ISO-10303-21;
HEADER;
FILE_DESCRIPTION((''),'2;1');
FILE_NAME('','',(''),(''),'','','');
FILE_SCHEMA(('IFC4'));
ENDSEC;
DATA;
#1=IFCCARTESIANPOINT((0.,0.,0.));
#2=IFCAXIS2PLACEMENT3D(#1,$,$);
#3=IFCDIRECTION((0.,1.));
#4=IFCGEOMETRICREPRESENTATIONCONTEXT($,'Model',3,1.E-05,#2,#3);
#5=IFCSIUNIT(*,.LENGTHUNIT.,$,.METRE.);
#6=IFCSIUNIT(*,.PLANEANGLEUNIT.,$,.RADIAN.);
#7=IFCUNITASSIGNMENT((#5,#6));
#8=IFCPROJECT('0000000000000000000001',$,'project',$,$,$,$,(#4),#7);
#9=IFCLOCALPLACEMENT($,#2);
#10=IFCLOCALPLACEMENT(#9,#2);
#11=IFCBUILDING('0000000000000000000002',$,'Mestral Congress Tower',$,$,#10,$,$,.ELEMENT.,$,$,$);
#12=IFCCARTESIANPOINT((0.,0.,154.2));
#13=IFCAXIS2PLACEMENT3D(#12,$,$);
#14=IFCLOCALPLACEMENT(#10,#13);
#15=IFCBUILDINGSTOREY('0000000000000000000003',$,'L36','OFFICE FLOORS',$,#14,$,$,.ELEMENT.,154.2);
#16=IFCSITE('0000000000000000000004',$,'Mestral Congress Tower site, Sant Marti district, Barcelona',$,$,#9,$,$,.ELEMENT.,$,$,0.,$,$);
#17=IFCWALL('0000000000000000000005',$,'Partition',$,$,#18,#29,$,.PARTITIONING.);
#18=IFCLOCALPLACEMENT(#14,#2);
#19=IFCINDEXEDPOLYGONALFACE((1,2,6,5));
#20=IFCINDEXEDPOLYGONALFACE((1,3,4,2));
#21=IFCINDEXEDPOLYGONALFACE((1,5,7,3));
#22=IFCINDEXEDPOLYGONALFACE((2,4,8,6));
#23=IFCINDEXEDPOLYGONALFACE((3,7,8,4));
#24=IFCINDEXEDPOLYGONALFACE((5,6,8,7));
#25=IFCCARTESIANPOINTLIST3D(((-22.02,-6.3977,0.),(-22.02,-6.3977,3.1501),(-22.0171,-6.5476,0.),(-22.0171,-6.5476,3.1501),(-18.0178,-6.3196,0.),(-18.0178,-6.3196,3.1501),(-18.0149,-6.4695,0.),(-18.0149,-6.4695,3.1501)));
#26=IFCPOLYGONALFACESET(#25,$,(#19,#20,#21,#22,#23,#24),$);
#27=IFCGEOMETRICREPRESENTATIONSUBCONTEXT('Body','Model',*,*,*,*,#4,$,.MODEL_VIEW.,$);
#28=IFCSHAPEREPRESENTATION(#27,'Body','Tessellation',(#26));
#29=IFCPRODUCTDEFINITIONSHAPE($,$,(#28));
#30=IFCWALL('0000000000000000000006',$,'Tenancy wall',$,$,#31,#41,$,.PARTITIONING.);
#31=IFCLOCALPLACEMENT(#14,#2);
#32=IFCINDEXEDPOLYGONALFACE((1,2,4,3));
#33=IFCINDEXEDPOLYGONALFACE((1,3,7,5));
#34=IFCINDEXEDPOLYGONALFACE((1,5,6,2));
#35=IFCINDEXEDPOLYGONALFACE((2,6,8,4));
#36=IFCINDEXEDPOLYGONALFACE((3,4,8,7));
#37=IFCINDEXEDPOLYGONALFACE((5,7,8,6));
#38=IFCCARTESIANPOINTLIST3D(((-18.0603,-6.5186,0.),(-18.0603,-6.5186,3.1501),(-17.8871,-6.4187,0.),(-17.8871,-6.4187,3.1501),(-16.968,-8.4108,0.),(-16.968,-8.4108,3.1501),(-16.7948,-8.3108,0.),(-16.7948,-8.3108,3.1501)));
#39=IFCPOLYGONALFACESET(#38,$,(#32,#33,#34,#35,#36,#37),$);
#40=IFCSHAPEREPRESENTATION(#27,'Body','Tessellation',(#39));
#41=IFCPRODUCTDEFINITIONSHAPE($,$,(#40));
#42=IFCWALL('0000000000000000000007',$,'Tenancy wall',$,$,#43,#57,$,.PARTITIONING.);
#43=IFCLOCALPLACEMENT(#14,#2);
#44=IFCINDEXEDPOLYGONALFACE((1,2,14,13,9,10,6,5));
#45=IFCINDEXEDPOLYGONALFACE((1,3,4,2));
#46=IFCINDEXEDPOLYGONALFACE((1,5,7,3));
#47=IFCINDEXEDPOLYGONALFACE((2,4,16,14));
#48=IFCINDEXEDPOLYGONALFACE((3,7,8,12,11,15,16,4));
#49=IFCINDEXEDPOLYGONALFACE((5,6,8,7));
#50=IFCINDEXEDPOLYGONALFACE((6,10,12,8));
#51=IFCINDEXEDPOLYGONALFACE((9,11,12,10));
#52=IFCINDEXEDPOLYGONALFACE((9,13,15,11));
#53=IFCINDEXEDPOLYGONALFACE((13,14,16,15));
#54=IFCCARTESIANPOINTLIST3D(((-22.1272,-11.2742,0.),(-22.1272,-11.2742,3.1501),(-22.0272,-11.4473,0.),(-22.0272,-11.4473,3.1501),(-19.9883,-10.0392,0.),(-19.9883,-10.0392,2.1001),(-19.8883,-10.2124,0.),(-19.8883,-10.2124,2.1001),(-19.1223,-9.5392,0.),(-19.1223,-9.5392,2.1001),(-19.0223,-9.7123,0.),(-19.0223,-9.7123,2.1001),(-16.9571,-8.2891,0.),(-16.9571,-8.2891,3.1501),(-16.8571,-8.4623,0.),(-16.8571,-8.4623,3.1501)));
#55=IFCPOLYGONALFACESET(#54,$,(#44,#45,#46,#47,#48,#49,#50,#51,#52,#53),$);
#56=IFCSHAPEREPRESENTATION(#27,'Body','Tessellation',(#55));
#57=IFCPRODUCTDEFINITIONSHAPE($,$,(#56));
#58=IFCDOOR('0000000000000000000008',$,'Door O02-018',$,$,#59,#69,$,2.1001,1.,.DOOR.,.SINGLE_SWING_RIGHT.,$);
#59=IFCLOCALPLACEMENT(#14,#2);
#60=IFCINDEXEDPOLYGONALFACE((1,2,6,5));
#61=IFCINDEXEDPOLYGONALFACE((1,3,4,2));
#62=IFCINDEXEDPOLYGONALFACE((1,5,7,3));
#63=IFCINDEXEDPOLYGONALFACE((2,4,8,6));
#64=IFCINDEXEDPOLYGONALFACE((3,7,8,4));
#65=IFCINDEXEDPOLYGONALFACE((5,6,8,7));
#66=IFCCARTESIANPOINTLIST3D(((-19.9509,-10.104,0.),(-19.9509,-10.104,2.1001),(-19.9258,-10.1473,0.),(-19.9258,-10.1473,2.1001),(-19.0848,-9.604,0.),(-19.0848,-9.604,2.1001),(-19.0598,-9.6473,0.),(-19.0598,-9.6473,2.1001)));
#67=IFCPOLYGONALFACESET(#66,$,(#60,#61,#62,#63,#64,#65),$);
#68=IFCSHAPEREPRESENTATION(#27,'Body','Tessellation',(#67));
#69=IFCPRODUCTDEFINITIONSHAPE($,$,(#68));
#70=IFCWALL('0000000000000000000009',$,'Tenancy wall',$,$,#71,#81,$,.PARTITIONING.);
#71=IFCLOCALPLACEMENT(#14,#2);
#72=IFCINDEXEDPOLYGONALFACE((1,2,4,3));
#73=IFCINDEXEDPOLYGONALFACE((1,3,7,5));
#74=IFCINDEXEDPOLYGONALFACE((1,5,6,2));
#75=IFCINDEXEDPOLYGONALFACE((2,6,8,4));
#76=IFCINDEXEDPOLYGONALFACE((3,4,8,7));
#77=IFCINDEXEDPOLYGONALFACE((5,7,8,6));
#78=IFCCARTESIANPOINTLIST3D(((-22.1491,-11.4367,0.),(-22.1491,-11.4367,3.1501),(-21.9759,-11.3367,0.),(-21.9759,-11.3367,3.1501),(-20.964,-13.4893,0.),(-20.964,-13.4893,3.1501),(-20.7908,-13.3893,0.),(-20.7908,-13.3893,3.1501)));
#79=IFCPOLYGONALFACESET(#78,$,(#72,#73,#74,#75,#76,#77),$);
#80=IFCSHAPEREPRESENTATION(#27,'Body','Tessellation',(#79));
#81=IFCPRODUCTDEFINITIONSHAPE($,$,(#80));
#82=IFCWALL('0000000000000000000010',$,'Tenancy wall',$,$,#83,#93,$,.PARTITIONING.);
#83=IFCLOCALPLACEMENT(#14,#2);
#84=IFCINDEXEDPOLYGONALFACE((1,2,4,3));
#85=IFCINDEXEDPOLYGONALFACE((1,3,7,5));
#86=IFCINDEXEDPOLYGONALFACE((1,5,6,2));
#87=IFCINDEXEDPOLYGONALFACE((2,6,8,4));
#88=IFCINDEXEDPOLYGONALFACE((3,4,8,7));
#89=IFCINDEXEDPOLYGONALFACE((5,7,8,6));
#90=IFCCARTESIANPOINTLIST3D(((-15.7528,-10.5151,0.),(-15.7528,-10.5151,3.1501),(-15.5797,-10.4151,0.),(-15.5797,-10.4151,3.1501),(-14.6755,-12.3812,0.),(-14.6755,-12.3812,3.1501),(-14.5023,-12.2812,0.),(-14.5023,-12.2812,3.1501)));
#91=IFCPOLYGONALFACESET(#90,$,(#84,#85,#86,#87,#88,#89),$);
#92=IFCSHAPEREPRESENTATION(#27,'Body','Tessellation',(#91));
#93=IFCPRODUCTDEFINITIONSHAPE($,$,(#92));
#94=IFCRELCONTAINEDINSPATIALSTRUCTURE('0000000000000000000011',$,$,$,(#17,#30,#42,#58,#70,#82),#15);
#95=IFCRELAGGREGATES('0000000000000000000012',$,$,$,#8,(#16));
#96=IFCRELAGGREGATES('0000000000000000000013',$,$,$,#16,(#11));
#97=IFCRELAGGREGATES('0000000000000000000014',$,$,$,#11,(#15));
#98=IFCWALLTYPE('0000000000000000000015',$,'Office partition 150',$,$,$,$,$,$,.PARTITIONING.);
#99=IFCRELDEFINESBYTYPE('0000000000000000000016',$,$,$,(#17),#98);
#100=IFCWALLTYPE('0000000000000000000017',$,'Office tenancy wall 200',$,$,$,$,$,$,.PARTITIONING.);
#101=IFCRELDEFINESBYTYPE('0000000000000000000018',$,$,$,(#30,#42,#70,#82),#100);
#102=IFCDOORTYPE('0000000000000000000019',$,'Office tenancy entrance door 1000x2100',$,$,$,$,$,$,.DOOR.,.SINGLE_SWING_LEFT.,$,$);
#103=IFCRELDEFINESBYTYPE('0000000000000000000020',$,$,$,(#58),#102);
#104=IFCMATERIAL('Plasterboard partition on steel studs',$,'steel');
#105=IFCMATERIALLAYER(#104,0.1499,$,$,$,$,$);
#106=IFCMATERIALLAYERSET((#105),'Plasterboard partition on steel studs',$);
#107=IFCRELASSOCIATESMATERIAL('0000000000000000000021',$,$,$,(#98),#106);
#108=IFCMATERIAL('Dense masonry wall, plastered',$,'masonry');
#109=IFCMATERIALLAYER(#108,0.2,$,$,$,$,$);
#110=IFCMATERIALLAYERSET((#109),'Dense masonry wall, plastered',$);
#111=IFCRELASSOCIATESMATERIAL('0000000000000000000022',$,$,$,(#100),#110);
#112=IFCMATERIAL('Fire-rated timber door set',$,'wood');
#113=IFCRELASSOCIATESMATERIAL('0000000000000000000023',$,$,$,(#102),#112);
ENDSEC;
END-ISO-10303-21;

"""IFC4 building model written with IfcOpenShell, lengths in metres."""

from ifc_helpers import new_model, si_unit, direction, frame, frame_2d, origin, place, context, subcontext, project, spatial, rectangle, extrude, material, layer, layer_set, type_object, element, fill, save


model = new_model("IFC4")

# Units and contexts
model_context = context("Model", 3, precision=1e-05, world=origin(), true_north=direction((0.0, 1.0)))
body_context = subcontext(model_context, "Body", "Model", "MODEL_VIEW")
ifc_project = project(units=[si_unit("LENGTHUNIT", "METRE"), si_unit("PLANEANGLEUNIT", "RADIAN")], contexts=[model_context])

# Site, building, storey
site_placement = place(None, origin())
site = spatial("IfcSite", under=ifc_project, at=site_placement, Name="Mestral Congress Tower site, Sant Marti district, Barcelona", CompositionType="ELEMENT", RefElevation=0.0)
building_placement = place(site_placement, origin())
building = spatial("IfcBuilding", under=site, at=building_placement, Name="Mestral Congress Tower", CompositionType="ELEMENT")
storey_placement = place(building_placement, frame((0.0, 0.0, 154.2)))
storey = spatial("IfcBuildingStorey", under=building, at=storey_placement, Name="L36", Description="OFFICE FLOORS", CompositionType="ELEMENT", Elevation=154.2)

# Shared definitions
ifc_material_1 = material(Name="Plasterboard partition on steel studs", Category="steel")
ifc_layer_1 = layer(ifc_material_1, 0.1499)
ifc_layer_set_1 = layer_set([ifc_layer_1], Name="Plasterboard partition on steel studs")
wall_type_1 = type_object("IfcWallType", Name="Office partition 150", PredefinedType="PARTITIONING", material=ifc_layer_set_1)

# Walls
wall_1_placement = place(storey_placement, frame((-18.0164, -6.3945, 0.0), z_axis=(0.0, 0.0, 1.0), x_axis=(-0.99981, -0.019517, 0.0)))
element("IfcWall", 1, at=wall_1_placement, inside=storey, type_object=wall_type_1, Name="Partition", PredefinedType="PARTITIONING", context=body_context, shape_type="SweptSolid", body=[
    extrude(rectangle(XDim=4.0029, YDim=0.1499, at=frame_2d((2.0015, 0.0))), origin(), (0.0, 0.0, 1.0), 3.1501),
])
ifc_material_2 = material(Name="Dense masonry wall, plastered", Category="masonry")
ifc_layer_2 = layer(ifc_material_2, 0.2)
ifc_layer_set_2 = layer_set([ifc_layer_2], Name="Dense masonry wall, plastered")
wall_type_2 = type_object("IfcWallType", Name="Office tenancy wall 200", PredefinedType="PARTITIONING", material=ifc_layer_set_2)
wall_2_placement = place(storey_placement, frame((-17.9736, -6.4688, 0.0), z_axis=(0.0, 0.0, 1.0), x_axis=(0.499961, -0.866048, 0.0)))
element("IfcWall", 2, at=wall_2_placement, inside=storey, type_object=wall_type_2, Name="Tenancy wall", PredefinedType="PARTITIONING", context=body_context, shape_type="SweptSolid", body=[
    extrude(rectangle(XDim=2.1848, YDim=0.2, at=frame_2d((1.0923, 0.0))), origin(), (0.0, 0.0, 1.0), 3.1501),
])

# Wall, opening, door
wall_3_placement = place(storey_placement, frame((-16.9072, -8.3757, 0.0), z_axis=(0.0, 0.0, 1.0), x_axis=(-0.866017, -0.500014, 0.0)))
wall_3 = element("IfcWall", 3, at=wall_3_placement, inside=storey, type_object=wall_type_2, Name="Tenancy wall", PredefinedType="PARTITIONING", context=body_context, shape_type="SweptSolid", body=[
    extrude(rectangle(XDim=5.97, YDim=0.2, at=frame_2d((2.9849, 0.0))), origin(), (0.0, 0.0, 1.0), 3.1501),
])
opening_1_placement = place(wall_3_placement, frame((2.5, 0.0, 0.0)))
opening_1 = element("IfcOpeningElement", 4, at=opening_1_placement, cuts=wall_3, PredefinedType="OPENING", context=body_context, shape_type="SweptSolid", body=[
    extrude(rectangle(XDim=1.0, YDim=2.1001, at=frame_2d((0.5, 1.05))), frame((0.0, 0.1099, 0.0), z_axis=(0.0, -1.0, 0.0), x_axis=(1.0, 0.0, 0.0)), (0.0, 0.0, 1.0), 0.22),
])
ifc_material_3 = material(Name="Fire-rated timber door set", Category="wood")
door_type_1 = type_object("IfcDoorType", Name="Office tenancy entrance door 1000x2100", OperationType="SINGLE_SWING_LEFT", PredefinedType="DOOR", material=ifc_material_3)
door_1_placement = place(opening_1_placement, origin())
door_1 = element("IfcDoor", 5, at=door_1_placement, inside=storey, type_object=door_type_1, Name="Door O02-018", OperationType="SINGLE_SWING_RIGHT", OverallHeight=2.1001, OverallWidth=1.0, PredefinedType="DOOR", context=body_context, shape_type="SweptSolid", body=[
    extrude(rectangle(XDim=1.0, YDim=2.1001, at=frame_2d((0.5, 1.05))), frame((0.0, 0.0249, 0.0), z_axis=(0.0, -1.0, 0.0), x_axis=(1.0, 0.0, 0.0)), (0.0, 0.0, 1.0), 0.05),
])
fill(opening_1, door_1)

# Walls
wall_4_placement = place(storey_placement, frame((-22.0625, -11.3867, 0.0), z_axis=(0.0, 0.0, 1.0), x_axis=(0.500017, -0.866016, 0.0)))
element("IfcWall", 6, at=wall_4_placement, inside=storey, type_object=wall_type_2, Name="Tenancy wall", PredefinedType="PARTITIONING", context=body_context, shape_type="SweptSolid", body=[
    extrude(rectangle(XDim=2.3701, YDim=0.2, at=frame_2d((1.1851, 0.0))), origin(), (0.0, 0.0, 1.0), 3.1501),
])
wall_5_placement = place(storey_placement, frame((-15.6663, -10.4651, 0.0), z_axis=(0.0, 0.0, 1.0), x_axis=(0.499977, -0.866038, 0.0)))
element("IfcWall", 7, at=wall_5_placement, inside=storey, type_object=wall_type_2, Name="Tenancy wall", PredefinedType="PARTITIONING", context=body_context, shape_type="SweptSolid", body=[
    extrude(rectangle(XDim=2.1548, YDim=0.2, at=frame_2d((1.0774, 0.0))), origin(), (0.0, 0.0, 1.0), 3.1501),
])

save(model, "model.ifc")
